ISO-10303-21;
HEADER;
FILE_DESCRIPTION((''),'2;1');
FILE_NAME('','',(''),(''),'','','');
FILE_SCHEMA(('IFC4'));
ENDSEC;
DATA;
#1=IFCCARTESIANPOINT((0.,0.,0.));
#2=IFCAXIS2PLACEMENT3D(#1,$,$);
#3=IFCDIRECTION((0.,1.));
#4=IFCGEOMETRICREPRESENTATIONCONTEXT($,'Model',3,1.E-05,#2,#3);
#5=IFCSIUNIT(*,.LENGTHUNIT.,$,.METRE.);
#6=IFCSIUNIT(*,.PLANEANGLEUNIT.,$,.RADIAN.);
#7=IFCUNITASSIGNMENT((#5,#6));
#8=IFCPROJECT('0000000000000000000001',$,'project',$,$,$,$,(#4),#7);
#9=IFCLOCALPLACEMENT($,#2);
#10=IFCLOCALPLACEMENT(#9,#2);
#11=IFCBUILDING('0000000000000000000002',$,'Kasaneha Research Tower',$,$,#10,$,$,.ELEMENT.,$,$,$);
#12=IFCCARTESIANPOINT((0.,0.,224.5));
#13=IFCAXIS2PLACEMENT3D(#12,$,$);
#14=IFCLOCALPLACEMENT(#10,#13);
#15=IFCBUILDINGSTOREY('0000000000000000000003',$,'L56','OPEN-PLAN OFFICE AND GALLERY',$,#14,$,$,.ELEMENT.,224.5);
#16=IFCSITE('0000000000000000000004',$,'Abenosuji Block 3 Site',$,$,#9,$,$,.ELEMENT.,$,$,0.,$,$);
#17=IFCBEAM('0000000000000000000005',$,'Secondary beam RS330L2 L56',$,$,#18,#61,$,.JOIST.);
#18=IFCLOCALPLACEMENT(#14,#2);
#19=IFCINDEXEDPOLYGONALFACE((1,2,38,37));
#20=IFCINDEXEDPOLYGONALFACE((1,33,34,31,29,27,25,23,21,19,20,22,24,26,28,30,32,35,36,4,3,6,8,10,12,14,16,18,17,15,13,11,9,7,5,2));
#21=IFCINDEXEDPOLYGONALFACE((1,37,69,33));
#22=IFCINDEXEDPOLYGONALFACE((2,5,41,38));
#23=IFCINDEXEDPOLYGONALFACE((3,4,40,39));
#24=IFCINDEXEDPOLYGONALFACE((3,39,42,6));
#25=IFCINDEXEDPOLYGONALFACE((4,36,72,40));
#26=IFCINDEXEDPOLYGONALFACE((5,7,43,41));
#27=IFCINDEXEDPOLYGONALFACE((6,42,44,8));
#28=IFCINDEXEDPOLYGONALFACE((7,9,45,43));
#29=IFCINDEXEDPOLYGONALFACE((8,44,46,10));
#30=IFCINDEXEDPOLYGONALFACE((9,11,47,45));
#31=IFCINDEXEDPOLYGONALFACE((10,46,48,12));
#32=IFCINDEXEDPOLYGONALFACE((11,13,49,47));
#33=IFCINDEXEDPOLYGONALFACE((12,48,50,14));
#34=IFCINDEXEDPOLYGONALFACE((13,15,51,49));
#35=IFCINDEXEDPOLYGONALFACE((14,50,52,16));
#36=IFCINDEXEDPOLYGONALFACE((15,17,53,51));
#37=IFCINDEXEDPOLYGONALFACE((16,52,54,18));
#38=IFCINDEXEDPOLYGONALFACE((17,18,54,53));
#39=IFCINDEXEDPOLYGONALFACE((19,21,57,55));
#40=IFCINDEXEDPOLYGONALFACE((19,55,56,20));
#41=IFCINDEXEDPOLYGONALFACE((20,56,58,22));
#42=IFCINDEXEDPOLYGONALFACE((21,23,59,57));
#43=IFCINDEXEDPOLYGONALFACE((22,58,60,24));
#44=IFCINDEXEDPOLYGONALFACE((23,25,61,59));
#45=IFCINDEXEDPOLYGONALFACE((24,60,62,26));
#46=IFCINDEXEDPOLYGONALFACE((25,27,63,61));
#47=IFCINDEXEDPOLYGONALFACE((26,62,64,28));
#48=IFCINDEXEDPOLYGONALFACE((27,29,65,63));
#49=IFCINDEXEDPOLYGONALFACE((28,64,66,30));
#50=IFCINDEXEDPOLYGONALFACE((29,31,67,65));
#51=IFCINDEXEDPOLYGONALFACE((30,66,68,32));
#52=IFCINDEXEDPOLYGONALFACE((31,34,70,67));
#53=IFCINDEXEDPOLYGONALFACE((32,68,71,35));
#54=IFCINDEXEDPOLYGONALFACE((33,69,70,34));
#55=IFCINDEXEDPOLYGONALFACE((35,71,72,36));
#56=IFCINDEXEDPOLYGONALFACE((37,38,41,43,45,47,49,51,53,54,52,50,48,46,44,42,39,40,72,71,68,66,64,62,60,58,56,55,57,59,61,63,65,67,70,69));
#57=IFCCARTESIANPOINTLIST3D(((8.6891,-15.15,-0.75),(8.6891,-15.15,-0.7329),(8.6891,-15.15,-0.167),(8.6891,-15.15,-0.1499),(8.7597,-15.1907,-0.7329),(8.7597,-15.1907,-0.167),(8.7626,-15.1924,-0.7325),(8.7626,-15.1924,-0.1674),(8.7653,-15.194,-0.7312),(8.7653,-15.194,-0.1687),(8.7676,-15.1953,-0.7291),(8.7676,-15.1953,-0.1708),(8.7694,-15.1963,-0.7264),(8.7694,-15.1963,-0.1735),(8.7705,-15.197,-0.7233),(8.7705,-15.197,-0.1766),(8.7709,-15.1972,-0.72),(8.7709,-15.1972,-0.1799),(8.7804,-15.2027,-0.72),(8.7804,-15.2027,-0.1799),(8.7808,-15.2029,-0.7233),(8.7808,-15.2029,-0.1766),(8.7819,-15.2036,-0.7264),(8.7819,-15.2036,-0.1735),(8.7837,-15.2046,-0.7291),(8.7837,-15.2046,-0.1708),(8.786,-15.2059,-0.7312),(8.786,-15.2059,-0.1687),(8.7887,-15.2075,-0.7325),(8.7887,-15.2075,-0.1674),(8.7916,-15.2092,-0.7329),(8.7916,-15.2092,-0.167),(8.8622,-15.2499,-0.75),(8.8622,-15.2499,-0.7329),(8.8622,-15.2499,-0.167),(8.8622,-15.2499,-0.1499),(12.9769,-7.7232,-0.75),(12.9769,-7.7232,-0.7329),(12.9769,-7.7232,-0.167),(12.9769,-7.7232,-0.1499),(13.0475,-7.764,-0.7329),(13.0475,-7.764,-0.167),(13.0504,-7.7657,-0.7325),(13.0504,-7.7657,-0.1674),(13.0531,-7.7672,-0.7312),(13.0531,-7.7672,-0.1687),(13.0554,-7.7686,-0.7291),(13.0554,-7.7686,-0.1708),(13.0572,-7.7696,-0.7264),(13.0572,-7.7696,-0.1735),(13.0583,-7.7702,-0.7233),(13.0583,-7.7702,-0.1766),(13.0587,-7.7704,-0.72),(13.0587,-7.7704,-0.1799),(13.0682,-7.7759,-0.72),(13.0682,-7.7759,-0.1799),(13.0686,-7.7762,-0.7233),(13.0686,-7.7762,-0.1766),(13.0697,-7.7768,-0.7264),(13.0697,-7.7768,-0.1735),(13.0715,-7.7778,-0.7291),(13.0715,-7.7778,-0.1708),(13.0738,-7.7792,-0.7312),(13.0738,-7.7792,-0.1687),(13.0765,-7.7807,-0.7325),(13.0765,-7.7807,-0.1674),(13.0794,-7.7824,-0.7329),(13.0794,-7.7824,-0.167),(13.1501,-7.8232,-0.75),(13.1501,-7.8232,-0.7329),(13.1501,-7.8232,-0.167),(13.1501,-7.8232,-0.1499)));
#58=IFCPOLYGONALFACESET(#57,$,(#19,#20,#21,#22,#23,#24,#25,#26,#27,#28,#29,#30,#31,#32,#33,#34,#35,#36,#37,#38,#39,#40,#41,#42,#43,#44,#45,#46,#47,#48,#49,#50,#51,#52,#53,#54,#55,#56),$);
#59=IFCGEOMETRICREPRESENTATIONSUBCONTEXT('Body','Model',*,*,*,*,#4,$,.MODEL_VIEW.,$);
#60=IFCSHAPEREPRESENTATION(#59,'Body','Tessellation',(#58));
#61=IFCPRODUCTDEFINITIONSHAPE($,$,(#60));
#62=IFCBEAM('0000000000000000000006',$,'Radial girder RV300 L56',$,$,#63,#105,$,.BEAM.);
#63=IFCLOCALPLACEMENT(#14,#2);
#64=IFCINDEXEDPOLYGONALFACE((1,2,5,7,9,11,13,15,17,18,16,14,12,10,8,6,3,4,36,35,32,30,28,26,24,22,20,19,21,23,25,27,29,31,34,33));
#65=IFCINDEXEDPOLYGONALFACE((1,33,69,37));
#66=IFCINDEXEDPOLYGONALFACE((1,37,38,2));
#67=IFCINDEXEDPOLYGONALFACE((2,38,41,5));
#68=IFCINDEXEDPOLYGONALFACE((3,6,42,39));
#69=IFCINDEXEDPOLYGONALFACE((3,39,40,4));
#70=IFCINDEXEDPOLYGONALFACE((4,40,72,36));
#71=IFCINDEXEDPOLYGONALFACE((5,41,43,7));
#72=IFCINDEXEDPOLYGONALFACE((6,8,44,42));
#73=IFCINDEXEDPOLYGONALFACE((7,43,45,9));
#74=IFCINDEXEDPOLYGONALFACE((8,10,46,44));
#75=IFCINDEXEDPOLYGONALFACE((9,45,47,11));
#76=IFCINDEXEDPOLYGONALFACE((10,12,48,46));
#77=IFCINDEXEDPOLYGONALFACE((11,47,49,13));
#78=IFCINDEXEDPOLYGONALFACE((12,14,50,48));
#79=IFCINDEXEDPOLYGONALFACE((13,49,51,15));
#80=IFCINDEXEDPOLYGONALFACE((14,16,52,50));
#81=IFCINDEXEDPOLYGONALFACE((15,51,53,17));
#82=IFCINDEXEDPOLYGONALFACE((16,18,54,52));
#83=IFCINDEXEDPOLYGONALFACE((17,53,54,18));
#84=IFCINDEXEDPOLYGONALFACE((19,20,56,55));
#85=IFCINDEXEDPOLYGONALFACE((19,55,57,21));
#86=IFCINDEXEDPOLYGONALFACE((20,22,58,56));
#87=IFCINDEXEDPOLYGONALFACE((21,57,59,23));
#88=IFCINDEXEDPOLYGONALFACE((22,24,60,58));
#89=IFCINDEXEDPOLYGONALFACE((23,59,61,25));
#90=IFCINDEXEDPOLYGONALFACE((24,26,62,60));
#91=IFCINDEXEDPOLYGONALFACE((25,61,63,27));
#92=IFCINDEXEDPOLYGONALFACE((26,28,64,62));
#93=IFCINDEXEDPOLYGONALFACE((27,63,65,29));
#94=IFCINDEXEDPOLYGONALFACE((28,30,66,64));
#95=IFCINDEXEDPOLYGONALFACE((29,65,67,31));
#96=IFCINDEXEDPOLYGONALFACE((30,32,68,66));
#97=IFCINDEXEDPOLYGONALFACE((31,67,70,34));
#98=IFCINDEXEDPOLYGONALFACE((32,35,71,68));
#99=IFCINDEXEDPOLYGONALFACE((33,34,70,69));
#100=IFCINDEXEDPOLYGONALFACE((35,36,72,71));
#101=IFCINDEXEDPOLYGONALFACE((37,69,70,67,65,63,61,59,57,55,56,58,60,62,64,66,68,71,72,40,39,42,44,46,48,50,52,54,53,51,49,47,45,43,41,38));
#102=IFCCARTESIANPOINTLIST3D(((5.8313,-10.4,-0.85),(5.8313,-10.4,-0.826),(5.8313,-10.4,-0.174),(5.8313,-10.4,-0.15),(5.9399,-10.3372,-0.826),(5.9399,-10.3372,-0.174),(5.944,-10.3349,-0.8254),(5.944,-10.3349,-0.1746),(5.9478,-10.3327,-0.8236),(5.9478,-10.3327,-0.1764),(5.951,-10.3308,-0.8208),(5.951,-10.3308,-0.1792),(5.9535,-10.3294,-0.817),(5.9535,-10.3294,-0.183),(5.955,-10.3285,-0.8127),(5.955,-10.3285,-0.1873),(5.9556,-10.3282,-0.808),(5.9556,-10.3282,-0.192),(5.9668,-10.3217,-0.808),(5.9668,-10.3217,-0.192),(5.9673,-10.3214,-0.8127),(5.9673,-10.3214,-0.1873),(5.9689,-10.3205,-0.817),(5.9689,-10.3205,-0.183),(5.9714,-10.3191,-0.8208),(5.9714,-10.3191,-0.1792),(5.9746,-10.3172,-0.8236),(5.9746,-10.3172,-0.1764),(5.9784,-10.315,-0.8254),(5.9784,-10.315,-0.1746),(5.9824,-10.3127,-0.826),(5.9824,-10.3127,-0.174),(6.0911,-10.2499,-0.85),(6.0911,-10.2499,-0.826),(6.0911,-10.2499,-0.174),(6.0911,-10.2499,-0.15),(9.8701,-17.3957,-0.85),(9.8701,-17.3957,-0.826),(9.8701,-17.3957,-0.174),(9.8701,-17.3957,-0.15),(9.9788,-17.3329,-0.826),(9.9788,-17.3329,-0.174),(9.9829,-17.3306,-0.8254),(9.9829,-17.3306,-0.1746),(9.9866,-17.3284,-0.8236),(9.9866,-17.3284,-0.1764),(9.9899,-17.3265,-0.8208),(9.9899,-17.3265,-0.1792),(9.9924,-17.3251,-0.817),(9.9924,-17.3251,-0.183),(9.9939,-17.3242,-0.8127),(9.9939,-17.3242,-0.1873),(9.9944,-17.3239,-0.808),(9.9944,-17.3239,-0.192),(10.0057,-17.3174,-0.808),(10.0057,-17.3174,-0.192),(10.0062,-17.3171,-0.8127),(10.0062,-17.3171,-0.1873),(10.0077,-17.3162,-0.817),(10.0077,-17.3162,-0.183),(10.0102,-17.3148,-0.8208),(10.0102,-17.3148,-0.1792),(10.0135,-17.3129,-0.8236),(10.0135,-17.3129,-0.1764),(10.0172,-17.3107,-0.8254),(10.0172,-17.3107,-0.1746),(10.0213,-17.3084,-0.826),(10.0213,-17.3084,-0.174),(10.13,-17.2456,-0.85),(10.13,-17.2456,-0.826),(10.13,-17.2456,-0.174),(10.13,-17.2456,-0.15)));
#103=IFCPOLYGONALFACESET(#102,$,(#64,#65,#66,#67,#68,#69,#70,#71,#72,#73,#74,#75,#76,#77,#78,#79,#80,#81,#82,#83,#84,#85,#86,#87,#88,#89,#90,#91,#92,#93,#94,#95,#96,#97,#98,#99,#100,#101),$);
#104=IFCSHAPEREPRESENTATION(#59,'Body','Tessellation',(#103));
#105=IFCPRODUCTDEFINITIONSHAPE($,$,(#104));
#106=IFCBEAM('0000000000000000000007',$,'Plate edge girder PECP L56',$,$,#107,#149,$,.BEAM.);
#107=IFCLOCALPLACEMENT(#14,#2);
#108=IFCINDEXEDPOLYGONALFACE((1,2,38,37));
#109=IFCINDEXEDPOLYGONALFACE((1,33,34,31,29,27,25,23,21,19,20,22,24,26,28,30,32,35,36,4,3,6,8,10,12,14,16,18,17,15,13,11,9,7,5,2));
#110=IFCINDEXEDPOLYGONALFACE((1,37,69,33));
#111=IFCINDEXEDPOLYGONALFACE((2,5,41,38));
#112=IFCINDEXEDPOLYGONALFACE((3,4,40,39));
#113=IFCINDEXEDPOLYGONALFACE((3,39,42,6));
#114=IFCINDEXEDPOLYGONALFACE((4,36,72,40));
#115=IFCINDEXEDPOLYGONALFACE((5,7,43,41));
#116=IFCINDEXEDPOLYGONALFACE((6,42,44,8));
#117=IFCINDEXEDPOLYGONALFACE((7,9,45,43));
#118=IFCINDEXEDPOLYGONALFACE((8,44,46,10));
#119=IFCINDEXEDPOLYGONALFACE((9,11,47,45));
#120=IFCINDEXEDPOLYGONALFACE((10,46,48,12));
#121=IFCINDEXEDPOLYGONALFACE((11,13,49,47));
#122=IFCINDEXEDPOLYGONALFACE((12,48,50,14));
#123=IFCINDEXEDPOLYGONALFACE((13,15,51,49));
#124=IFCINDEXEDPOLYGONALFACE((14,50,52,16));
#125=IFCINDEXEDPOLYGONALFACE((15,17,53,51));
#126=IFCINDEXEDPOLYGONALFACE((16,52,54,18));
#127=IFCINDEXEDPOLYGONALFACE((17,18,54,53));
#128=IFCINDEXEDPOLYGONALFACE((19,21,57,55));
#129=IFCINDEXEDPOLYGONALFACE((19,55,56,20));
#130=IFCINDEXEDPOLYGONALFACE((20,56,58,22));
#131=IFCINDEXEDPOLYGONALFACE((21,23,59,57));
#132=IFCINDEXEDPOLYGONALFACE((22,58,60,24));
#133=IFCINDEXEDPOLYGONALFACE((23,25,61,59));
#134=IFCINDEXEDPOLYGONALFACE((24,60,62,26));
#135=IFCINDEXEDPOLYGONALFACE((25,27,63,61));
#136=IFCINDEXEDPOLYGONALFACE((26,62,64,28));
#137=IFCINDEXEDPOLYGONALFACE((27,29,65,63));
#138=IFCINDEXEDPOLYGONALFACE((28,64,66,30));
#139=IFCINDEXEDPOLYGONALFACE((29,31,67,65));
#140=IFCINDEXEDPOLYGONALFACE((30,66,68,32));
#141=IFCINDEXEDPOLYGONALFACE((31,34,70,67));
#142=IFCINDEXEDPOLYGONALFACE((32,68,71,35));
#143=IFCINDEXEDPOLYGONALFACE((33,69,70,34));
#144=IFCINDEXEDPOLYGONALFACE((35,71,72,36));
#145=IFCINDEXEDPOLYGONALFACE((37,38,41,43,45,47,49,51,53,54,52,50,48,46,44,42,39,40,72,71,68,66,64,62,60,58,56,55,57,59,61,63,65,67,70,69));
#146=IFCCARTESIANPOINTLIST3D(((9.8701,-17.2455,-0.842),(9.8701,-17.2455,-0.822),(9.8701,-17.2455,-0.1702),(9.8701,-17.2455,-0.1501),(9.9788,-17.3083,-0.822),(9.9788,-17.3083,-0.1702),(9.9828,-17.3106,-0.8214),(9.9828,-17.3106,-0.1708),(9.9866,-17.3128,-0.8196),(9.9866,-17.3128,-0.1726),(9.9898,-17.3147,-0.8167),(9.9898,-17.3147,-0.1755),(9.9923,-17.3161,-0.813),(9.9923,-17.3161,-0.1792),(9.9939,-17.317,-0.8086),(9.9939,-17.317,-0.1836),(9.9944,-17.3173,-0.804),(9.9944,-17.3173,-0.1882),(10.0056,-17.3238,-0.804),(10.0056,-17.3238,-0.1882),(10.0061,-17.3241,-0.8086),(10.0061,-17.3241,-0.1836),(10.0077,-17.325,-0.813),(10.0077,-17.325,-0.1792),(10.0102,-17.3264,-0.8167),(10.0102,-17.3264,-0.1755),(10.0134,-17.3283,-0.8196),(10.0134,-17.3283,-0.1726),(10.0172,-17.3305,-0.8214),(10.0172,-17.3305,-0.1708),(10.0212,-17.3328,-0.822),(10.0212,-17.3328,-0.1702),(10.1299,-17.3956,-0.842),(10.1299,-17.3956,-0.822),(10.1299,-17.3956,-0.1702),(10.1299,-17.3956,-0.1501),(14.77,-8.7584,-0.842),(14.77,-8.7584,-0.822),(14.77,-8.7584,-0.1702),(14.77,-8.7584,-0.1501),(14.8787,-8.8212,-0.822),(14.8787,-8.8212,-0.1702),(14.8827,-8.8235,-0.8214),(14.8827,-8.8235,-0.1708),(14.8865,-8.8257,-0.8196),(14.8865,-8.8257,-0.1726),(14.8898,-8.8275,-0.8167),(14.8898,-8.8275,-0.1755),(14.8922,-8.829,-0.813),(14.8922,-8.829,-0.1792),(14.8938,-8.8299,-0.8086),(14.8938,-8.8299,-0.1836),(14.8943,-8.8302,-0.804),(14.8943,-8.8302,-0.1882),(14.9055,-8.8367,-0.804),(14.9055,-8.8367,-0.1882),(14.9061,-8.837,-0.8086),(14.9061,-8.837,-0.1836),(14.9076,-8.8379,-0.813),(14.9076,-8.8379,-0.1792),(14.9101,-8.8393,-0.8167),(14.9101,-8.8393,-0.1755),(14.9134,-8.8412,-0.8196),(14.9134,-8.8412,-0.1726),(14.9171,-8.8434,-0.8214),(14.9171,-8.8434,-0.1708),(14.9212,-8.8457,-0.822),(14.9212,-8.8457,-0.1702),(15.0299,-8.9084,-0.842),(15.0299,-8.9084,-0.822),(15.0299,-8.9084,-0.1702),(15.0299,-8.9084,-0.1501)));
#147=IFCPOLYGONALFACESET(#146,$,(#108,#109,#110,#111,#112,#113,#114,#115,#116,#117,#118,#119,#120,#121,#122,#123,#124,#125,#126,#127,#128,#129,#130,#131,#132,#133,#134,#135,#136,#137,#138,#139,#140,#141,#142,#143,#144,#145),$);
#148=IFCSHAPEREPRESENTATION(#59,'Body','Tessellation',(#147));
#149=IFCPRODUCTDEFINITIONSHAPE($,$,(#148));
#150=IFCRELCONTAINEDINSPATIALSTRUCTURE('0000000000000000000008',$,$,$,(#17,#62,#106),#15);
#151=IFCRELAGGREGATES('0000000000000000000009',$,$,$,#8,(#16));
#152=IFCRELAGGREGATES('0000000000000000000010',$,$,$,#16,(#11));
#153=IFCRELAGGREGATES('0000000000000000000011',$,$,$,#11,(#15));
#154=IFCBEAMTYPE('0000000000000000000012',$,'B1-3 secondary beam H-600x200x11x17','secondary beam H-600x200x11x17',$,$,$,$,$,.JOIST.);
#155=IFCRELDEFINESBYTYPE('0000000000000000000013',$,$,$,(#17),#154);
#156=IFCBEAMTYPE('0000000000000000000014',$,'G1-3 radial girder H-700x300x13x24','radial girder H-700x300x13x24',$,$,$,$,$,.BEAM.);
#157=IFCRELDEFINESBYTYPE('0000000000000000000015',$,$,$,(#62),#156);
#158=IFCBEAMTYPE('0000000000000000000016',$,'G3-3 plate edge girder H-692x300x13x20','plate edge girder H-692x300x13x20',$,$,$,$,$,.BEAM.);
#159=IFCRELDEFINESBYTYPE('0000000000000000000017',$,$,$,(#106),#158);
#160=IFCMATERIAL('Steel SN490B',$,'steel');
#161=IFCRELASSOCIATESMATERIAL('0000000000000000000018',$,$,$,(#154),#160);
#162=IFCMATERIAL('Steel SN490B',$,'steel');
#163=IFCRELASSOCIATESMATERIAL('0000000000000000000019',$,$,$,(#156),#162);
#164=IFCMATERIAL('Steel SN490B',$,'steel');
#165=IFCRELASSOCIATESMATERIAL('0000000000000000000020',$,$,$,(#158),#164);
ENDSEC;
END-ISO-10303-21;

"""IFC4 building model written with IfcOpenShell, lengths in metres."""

from ifc_helpers import new_model, si_unit, direction, frame, origin, origin_2d, place, context, subcontext, project, spatial, i_section, extrude, material, material_profile, profile_set, type_object, element, save


model = new_model("IFC4")

# Units and contexts
model_context = context("Model", 3, precision=1e-05, world=origin(), true_north=direction((0.0, 1.0)))
body_context = subcontext(model_context, "Body", "Model", "MODEL_VIEW")
ifc_project = project(units=[si_unit("LENGTHUNIT", "METRE"), si_unit("PLANEANGLEUNIT", "RADIAN")], contexts=[model_context])

# Site, building, storey
site_placement = place(None, origin())
site = spatial("IfcSite", under=ifc_project, at=site_placement, Name="Abenosuji Block 3 Site", CompositionType="ELEMENT", RefElevation=0.0)
building_placement = place(site_placement, origin())
building = spatial("IfcBuilding", under=site, at=building_placement, Name="Kasaneha Research Tower", CompositionType="ELEMENT")
storey_placement = place(building_placement, frame((0.0, 0.0, 224.5)))
storey = spatial("IfcBuildingStorey", under=building, at=storey_placement, Name="L56", Description="OPEN-PLAN OFFICE AND GALLERY", CompositionType="ELEMENT", Elevation=224.5)

# Beams
ifc_material_1 = material(Name="Steel SN490B", Category="steel")
ifc_material_profile_1 = material_profile(ifc_material_1, i_section(OverallWidth=0.2, OverallDepth=0.6001, WebThickness=0.011, FlangeThickness=0.0171, FilletRadius=0.0129, at=origin_2d()), Name="H-600x200x11x17")
ifc_profile_set_1 = profile_set([ifc_material_profile_1], Name="Steel SN490B")
beam_type_1 = type_object("IfcBeamType", Name="B1-3 secondary beam H-600x200x11x17", Description="secondary beam H-600x200x11x17", PredefinedType="JOIST", material=ifc_profile_set_1)
beam_1_placement = place(storey_placement, frame((8.7756, -15.2, -0.45), z_axis=(0.5, 0.866025, 0.0), x_axis=(-0.866025, 0.5, 0.0)))
element("IfcBeam", 1, at=beam_1_placement, inside=storey, type_object=beam_type_1, Name="Secondary beam RS330L2 L56", PredefinedType="JOIST", context=body_context, shape_type="SweptSolid", body=[
    extrude(i_section(OverallWidth=0.2, OverallDepth=0.6001, WebThickness=0.011, FlangeThickness=0.0171, FilletRadius=0.0129, at=origin_2d()), origin(), (0.0, 0.0, 1.0), 8.5757),
])
ifc_material_2 = material(Name="Steel SN490B", Category="steel")
ifc_material_profile_2 = material_profile(ifc_material_2, i_section(OverallWidth=0.3, OverallDepth=0.7, WebThickness=0.0129, FlangeThickness=0.0239, FilletRadius=0.0181, at=origin_2d()), Name="H-700x300x13x24")
ifc_profile_set_2 = profile_set([ifc_material_profile_2], Name="Steel SN490B")
beam_type_2 = type_object("IfcBeamType", Name="G1-3 radial girder H-700x300x13x24", Description="radial girder H-700x300x13x24", PredefinedType="BEAM", material=ifc_profile_set_2)
beam_2_placement = place(storey_placement, frame((5.9612, -10.325, -0.5), z_axis=(0.499991, -0.866031, 0.0), x_axis=(0.866031, 0.499991, 0.0)))
element("IfcBeam", 2, at=beam_2_placement, inside=storey, type_object=beam_type_2, Name="Radial girder RV300 L56", PredefinedType="BEAM", context=body_context, shape_type="SweptSolid", body=[
    extrude(i_section(OverallWidth=0.3, OverallDepth=0.7, WebThickness=0.0129, FlangeThickness=0.0239, FilletRadius=0.0181, at=origin_2d()), origin(), (0.0, 0.0, 1.0), 8.0779),
])
ifc_material_3 = material(Name="Steel SN490B", Category="steel")
ifc_material_profile_3 = material_profile(ifc_material_3, i_section(OverallWidth=0.3, OverallDepth=0.6919, WebThickness=0.0129, FlangeThickness=0.02, FilletRadius=0.0181, at=origin_2d()), Name="H-692x300x13x20")
ifc_profile_set_3 = profile_set([ifc_material_profile_3], Name="Steel SN490B")
beam_type_3 = type_object("IfcBeamType", Name="G3-3 plate edge girder H-692x300x13x20", Description="plate edge girder H-692x300x13x20", PredefinedType="BEAM", material=ifc_profile_set_3)
beam_3_placement = place(storey_placement, frame((10.0, -17.3206, -0.4961), z_axis=(0.499992, 0.86603, 0.0), x_axis=(-0.86603, 0.499992, 0.0)))
element("IfcBeam", 3, at=beam_3_placement, inside=storey, type_object=beam_type_3, Name="Plate edge girder PECP L56", PredefinedType="BEAM", context=body_context, shape_type="SweptSolid", body=[
    extrude(i_section(OverallWidth=0.3, OverallDepth=0.6919, WebThickness=0.0129, FlangeThickness=0.02, FilletRadius=0.0181, at=origin_2d()), origin(), (0.0, 0.0, 1.0), 9.8),
])

save(model, "model.ifc")
